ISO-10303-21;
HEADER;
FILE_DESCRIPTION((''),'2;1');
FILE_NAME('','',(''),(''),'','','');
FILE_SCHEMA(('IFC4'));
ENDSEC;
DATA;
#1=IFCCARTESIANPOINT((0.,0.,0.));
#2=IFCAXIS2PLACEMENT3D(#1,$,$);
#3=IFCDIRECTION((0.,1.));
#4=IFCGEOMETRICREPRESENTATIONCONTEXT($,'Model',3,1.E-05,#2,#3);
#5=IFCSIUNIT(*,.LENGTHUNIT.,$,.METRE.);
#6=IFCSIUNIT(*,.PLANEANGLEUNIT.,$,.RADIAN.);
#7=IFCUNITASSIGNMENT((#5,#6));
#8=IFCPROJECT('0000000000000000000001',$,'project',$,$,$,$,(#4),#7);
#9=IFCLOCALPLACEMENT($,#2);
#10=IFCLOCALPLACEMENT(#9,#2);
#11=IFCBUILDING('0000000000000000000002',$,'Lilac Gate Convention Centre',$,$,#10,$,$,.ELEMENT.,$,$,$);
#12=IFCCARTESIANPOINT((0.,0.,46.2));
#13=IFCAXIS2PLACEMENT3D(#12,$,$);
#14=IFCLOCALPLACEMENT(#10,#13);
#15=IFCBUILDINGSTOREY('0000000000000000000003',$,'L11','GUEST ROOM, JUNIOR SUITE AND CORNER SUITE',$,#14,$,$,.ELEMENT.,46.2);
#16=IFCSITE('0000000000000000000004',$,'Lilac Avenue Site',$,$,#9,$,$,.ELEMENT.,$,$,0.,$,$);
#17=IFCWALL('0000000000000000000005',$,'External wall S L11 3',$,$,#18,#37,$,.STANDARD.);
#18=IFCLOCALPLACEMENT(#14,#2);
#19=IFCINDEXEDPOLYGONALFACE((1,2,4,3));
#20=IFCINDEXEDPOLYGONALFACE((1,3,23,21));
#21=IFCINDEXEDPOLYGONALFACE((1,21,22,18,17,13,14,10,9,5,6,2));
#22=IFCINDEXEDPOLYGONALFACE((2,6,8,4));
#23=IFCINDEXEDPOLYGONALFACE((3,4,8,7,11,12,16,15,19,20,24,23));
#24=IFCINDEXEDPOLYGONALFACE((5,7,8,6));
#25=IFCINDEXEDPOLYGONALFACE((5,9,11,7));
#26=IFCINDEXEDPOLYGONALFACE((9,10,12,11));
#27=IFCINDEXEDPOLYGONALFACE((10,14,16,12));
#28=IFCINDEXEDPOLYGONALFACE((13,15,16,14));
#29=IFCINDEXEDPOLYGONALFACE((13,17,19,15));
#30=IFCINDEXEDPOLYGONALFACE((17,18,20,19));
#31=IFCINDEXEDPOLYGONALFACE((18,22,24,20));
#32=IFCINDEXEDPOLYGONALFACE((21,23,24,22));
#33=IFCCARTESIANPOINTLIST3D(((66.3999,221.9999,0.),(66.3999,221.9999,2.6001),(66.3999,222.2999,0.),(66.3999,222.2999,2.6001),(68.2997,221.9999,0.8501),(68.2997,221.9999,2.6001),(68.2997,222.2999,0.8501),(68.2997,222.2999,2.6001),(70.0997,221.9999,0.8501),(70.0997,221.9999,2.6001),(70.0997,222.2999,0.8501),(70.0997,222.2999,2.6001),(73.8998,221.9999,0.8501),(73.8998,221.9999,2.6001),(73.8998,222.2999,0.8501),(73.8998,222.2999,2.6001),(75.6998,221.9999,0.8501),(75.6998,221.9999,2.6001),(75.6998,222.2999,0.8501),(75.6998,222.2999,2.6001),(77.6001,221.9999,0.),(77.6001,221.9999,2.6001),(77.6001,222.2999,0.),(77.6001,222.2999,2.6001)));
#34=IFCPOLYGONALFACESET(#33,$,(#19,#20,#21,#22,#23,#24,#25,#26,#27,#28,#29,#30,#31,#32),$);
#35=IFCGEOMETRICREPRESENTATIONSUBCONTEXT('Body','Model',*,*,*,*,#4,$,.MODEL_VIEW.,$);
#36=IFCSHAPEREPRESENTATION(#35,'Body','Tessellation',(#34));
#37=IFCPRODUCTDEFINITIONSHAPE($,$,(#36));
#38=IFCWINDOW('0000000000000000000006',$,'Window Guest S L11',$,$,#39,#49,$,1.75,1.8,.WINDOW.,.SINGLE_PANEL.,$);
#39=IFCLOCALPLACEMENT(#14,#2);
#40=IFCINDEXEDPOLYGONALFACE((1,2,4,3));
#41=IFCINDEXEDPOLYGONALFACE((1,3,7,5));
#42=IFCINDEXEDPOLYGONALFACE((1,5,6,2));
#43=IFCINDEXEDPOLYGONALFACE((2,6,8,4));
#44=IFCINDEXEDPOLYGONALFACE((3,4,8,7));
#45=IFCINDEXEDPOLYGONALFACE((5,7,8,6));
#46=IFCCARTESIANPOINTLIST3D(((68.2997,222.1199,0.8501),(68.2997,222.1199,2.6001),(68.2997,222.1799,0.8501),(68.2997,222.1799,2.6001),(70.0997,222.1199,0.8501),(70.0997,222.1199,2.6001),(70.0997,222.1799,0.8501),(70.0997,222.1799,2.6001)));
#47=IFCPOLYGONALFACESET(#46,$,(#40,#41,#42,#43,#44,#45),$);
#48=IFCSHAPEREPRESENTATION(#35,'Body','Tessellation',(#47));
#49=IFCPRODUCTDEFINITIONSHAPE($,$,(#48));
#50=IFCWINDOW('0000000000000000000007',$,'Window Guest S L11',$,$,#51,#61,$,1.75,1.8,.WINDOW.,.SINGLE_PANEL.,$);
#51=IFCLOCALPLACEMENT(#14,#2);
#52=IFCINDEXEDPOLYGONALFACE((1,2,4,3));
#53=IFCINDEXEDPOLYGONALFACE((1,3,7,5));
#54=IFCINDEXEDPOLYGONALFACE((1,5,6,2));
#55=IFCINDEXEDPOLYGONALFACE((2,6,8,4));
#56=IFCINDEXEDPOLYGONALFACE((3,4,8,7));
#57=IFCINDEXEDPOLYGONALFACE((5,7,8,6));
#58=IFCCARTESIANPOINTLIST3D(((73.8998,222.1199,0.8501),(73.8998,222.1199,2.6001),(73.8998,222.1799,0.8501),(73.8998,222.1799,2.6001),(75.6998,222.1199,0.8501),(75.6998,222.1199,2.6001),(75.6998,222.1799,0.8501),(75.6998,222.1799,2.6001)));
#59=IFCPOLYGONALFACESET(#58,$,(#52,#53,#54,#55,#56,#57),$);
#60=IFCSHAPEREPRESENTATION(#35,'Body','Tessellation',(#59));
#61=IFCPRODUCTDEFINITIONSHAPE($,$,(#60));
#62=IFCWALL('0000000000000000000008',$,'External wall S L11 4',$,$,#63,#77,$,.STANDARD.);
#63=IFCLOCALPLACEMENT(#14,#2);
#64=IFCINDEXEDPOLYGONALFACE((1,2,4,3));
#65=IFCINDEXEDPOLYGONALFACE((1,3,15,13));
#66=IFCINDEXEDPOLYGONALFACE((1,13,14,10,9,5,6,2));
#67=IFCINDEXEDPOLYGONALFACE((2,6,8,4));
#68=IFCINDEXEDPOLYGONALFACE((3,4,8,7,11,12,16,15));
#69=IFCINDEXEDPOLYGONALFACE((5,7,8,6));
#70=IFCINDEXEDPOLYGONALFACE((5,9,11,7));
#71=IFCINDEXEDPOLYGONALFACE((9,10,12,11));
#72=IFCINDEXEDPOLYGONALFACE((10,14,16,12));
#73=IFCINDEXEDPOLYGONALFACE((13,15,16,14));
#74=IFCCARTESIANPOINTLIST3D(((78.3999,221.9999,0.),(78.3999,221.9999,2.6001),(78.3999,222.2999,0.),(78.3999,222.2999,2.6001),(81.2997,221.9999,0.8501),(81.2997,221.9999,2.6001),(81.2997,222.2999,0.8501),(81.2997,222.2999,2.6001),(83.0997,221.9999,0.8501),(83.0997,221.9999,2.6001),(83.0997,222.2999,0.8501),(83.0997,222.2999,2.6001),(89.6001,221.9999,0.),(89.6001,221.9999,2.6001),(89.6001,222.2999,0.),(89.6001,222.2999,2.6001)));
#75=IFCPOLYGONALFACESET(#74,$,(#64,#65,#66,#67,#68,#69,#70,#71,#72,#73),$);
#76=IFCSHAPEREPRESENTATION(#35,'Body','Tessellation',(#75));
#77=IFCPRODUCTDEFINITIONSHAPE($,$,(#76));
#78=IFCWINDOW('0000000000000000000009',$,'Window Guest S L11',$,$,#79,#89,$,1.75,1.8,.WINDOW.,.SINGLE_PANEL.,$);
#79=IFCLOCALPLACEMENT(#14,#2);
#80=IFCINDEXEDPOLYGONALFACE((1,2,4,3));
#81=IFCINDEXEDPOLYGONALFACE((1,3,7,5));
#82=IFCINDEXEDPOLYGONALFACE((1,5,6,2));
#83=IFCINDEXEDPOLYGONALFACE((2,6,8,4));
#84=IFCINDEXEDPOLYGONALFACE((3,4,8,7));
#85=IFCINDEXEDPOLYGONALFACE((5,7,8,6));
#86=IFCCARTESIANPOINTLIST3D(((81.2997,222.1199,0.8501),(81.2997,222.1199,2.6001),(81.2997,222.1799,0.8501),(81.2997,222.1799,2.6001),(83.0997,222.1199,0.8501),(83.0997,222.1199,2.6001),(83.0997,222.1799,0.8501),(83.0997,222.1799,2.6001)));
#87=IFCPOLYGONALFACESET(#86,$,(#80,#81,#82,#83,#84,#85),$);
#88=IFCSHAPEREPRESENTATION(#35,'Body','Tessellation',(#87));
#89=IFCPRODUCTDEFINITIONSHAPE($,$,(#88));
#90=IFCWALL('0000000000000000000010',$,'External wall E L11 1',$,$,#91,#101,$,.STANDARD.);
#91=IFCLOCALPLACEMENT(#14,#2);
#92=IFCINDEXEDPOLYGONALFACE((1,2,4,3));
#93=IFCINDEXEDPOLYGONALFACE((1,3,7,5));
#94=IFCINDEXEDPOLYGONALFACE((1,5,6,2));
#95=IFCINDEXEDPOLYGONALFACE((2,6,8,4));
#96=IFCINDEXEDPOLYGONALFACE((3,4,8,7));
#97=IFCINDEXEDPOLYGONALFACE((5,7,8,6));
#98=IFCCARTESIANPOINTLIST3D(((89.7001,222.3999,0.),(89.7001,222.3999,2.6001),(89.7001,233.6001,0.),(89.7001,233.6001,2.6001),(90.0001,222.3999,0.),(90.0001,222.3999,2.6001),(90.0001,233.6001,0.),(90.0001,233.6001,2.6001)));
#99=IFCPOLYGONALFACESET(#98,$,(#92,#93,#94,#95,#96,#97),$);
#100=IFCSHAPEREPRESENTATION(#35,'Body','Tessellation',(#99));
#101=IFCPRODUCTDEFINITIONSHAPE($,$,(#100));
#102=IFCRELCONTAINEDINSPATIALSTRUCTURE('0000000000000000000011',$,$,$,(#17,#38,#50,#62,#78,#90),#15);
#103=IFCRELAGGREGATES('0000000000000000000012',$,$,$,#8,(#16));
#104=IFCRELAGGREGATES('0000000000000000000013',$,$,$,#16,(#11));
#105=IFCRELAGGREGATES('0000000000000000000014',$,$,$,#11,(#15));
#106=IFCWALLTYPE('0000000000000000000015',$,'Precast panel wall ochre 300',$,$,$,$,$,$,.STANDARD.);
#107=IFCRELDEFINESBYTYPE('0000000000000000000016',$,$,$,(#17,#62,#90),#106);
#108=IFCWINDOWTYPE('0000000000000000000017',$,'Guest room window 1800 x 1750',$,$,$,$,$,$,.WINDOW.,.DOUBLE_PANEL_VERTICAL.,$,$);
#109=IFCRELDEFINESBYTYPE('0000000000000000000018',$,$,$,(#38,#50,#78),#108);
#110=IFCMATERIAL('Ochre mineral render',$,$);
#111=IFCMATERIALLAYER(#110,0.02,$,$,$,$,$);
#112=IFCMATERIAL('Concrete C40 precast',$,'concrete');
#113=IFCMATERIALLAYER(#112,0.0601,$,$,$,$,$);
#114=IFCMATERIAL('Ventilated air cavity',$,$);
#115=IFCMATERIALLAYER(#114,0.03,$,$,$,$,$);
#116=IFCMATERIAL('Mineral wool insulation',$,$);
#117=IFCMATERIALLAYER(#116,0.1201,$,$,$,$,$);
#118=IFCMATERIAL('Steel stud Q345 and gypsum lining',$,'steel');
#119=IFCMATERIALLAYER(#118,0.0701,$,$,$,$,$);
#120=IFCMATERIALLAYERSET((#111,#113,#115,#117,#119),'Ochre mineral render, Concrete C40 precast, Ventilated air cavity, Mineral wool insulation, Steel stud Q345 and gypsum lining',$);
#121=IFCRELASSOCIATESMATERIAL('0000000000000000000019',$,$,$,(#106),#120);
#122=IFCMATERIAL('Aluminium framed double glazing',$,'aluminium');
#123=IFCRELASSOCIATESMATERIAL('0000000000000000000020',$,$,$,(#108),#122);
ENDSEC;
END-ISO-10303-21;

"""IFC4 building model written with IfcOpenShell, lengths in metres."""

from ifc_helpers import new_model, si_unit, direction, frame, frame_2d, origin, place, context, subcontext, project, spatial, rectangle, extrude, material, layer, layer_set, type_object, element, fill, save


model = new_model("IFC4")

# Units and contexts
model_context = context("Model", 3, precision=1e-05, world=origin(), true_north=direction((0.0, 1.0)))
body_context = subcontext(model_context, "Body", "Model", "MODEL_VIEW")
ifc_project = project(units=[si_unit("LENGTHUNIT", "METRE"), si_unit("PLANEANGLEUNIT", "RADIAN")], contexts=[model_context])

# Site, building, storey
site_placement = place(None, origin())
site = spatial("IfcSite", under=ifc_project, at=site_placement, Name="Lilac Avenue Site", CompositionType="ELEMENT", RefElevation=0.0)
building_placement = place(site_placement, origin())
building = spatial("IfcBuilding", under=site, at=building_placement, Name="Lilac Gate Convention Centre", CompositionType="ELEMENT")
storey_placement = place(building_placement, frame((0.0, 0.0, 46.2)))
storey = spatial("IfcBuildingStorey", under=building, at=storey_placement, Name="L11", Description="GUEST ROOM, JUNIOR SUITE AND CORNER SUITE", CompositionType="ELEMENT", Elevation=46.2)

# Shared definitions
ifc_material_1 = material(Name="Concrete C40 precast", Category="concrete")

# Wall, openings, windows
ifc_material_2 = material(Name="Ochre mineral render")
ifc_layer_1 = layer(ifc_material_2, 0.02)
ifc_layer_2 = layer(ifc_material_1, 0.0601)
ifc_material_3 = material(Name="Ventilated air cavity")
ifc_layer_3 = layer(ifc_material_3, 0.03)
ifc_material_4 = material(Name="Mineral wool insulation")
ifc_layer_4 = layer(ifc_material_4, 0.1201)
ifc_material_5 = material(Name="Steel stud Q345 and gypsum lining", Category="steel")
ifc_layer_5 = layer(ifc_material_5, 0.0701)
ifc_layer_set_1 = layer_set([ifc_layer_1, ifc_layer_2, ifc_layer_3, ifc_layer_4, ifc_layer_5], Name="Ochre mineral render, Concrete C40 precast, Ventilated air cavity, Mineral wool insulation, Steel stud Q345 and gypsum lining")
wall_type_1 = type_object("IfcWallType", Name="Precast panel wall ochre 300", PredefinedType="STANDARD", material=ifc_layer_set_1)
ifc_material_6 = material(Name="Aluminium framed double glazing", Category="aluminium")
window_type = type_object("IfcWindowType", Name="Guest room window 1800 x 1750", PartitioningType="DOUBLE_PANEL_VERTICAL", PredefinedType="WINDOW", material=ifc_material_6)
wall_1_placement = place(storey_placement, frame((66.3999, 222.1499, 0.0), z_axis=(0.0, 0.0, 1.0), x_axis=(1.0, 0.0, 0.0)))
wall_1 = element("IfcWall", 1, at=wall_1_placement, inside=storey, type_object=wall_type_1, Name="External wall S L11 3", PredefinedType="STANDARD", context=body_context, shape_type="SweptSolid", body=[
    extrude(rectangle(XDim=11.2002, YDim=0.3, at=frame_2d((5.6001, 0.0))), origin(), (0.0, 0.0, 1.0), 2.6001),
])
opening_1_placement = place(wall_1_placement, frame((1.8999, 0.0, 0.8501)))
opening_1 = element("IfcOpeningElement", 2, at=opening_1_placement, cuts=wall_1, PredefinedType="OPENING", context=body_context, shape_type="SweptSolid", body=[
    extrude(rectangle(XDim=1.8, YDim=1.75, at=frame_2d((0.8999, 0.875))), frame((0.0, 0.1599, 0.0), z_axis=(0.0, -1.0, 0.0), x_axis=(1.0, 0.0, 0.0)), (0.0, 0.0, 1.0), 0.3201),
])
opening_2_placement = place(wall_1_placement, frame((7.5, 0.0, 0.8501)))
opening_2 = element("IfcOpeningElement", 3, at=opening_2_placement, cuts=wall_1, PredefinedType="OPENING", context=body_context, shape_type="SweptSolid", body=[
    extrude(rectangle(XDim=1.8, YDim=1.75, at=frame_2d((0.8999, 0.875))), frame((0.0, 0.1599, 0.0), z_axis=(0.0, -1.0, 0.0), x_axis=(1.0, 0.0, 0.0)), (0.0, 0.0, 1.0), 0.3201),
])
window_1_placement = place(opening_1_placement, origin())
window_1 = element("IfcWindow", 4, at=window_1_placement, inside=storey, type_object=window_type, Name="Window Guest S L11", OverallHeight=1.75, OverallWidth=1.8, PartitioningType="SINGLE_PANEL", PredefinedType="WINDOW", context=body_context, shape_type="SweptSolid", body=[
    extrude(rectangle(XDim=1.8, YDim=1.75, at=frame_2d((0.8999, 0.875))), frame((0.0, 0.03, 0.0), z_axis=(0.0, -1.0, 0.0), x_axis=(1.0, 0.0, 0.0)), (0.0, 0.0, 1.0), 0.0601),
])
fill(opening_1, window_1)
window_2_placement = place(opening_2_placement, origin())
window_2 = element("IfcWindow", 5, at=window_2_placement, inside=storey, type_object=window_type, Name="Window Guest S L11", OverallHeight=1.75, OverallWidth=1.8, PartitioningType="SINGLE_PANEL", PredefinedType="WINDOW", context=body_context, shape_type="SweptSolid", body=[
    extrude(rectangle(XDim=1.8, YDim=1.75, at=frame_2d((0.8999, 0.875))), frame((0.0, 0.03, 0.0), z_axis=(0.0, -1.0, 0.0), x_axis=(1.0, 0.0, 0.0)), (0.0, 0.0, 1.0), 0.0601),
])
fill(opening_2, window_2)

# Wall, opening, window
wall_2_placement = place(storey_placement, frame((78.3999, 222.1499, 0.0), z_axis=(0.0, 0.0, 1.0), x_axis=(1.0, 0.0, 0.0)))
wall_2 = element("IfcWall", 6, at=wall_2_placement, inside=storey, type_object=wall_type_1, Name="External wall S L11 4", PredefinedType="STANDARD", context=body_context, shape_type="SweptSolid", body=[
    extrude(rectangle(XDim=11.2002, YDim=0.3, at=frame_2d((5.6001, 0.0))), origin(), (0.0, 0.0, 1.0), 2.6001),
])
opening_3_placement = place(wall_2_placement, frame((2.8999, 0.0, 0.8501)))
opening_3 = element("IfcOpeningElement", 7, at=opening_3_placement, cuts=wall_2, PredefinedType="OPENING", context=body_context, shape_type="SweptSolid", body=[
    extrude(rectangle(XDim=1.8, YDim=1.75, at=frame_2d((0.8999, 0.875))), frame((0.0, 0.1599, 0.0), z_axis=(0.0, -1.0, 0.0), x_axis=(1.0, 0.0, 0.0)), (0.0, 0.0, 1.0), 0.3201),
])
window_3_placement = place(opening_3_placement, origin())
window_3 = element("IfcWindow", 8, at=window_3_placement, inside=storey, type_object=window_type, Name="Window Guest S L11", OverallHeight=1.75, OverallWidth=1.8, PartitioningType="SINGLE_PANEL", PredefinedType="WINDOW", context=body_context, shape_type="SweptSolid", body=[
    extrude(rectangle(XDim=1.8, YDim=1.75, at=frame_2d((0.8999, 0.875))), frame((0.0, 0.03, 0.0), z_axis=(0.0, -1.0, 0.0), x_axis=(1.0, 0.0, 0.0)), (0.0, 0.0, 1.0), 0.0601),
])
fill(opening_3, window_3)

# Wall
wall_3_placement = place(storey_placement, frame((89.8501, 222.3999, 0.0), z_axis=(0.0, 0.0, 1.0), x_axis=(0.0, 1.0, 0.0)))
element("IfcWall", 9, at=wall_3_placement, inside=storey, type_object=wall_type_1, Name="External wall E L11 1", PredefinedType="STANDARD", context=body_context, shape_type="SweptSolid", body=[
    extrude(rectangle(XDim=11.2002, YDim=0.3, at=frame_2d((5.6001, 0.0))), origin(), (0.0, 0.0, 1.0), 2.6001),
])

save(model, "model.ifc")
